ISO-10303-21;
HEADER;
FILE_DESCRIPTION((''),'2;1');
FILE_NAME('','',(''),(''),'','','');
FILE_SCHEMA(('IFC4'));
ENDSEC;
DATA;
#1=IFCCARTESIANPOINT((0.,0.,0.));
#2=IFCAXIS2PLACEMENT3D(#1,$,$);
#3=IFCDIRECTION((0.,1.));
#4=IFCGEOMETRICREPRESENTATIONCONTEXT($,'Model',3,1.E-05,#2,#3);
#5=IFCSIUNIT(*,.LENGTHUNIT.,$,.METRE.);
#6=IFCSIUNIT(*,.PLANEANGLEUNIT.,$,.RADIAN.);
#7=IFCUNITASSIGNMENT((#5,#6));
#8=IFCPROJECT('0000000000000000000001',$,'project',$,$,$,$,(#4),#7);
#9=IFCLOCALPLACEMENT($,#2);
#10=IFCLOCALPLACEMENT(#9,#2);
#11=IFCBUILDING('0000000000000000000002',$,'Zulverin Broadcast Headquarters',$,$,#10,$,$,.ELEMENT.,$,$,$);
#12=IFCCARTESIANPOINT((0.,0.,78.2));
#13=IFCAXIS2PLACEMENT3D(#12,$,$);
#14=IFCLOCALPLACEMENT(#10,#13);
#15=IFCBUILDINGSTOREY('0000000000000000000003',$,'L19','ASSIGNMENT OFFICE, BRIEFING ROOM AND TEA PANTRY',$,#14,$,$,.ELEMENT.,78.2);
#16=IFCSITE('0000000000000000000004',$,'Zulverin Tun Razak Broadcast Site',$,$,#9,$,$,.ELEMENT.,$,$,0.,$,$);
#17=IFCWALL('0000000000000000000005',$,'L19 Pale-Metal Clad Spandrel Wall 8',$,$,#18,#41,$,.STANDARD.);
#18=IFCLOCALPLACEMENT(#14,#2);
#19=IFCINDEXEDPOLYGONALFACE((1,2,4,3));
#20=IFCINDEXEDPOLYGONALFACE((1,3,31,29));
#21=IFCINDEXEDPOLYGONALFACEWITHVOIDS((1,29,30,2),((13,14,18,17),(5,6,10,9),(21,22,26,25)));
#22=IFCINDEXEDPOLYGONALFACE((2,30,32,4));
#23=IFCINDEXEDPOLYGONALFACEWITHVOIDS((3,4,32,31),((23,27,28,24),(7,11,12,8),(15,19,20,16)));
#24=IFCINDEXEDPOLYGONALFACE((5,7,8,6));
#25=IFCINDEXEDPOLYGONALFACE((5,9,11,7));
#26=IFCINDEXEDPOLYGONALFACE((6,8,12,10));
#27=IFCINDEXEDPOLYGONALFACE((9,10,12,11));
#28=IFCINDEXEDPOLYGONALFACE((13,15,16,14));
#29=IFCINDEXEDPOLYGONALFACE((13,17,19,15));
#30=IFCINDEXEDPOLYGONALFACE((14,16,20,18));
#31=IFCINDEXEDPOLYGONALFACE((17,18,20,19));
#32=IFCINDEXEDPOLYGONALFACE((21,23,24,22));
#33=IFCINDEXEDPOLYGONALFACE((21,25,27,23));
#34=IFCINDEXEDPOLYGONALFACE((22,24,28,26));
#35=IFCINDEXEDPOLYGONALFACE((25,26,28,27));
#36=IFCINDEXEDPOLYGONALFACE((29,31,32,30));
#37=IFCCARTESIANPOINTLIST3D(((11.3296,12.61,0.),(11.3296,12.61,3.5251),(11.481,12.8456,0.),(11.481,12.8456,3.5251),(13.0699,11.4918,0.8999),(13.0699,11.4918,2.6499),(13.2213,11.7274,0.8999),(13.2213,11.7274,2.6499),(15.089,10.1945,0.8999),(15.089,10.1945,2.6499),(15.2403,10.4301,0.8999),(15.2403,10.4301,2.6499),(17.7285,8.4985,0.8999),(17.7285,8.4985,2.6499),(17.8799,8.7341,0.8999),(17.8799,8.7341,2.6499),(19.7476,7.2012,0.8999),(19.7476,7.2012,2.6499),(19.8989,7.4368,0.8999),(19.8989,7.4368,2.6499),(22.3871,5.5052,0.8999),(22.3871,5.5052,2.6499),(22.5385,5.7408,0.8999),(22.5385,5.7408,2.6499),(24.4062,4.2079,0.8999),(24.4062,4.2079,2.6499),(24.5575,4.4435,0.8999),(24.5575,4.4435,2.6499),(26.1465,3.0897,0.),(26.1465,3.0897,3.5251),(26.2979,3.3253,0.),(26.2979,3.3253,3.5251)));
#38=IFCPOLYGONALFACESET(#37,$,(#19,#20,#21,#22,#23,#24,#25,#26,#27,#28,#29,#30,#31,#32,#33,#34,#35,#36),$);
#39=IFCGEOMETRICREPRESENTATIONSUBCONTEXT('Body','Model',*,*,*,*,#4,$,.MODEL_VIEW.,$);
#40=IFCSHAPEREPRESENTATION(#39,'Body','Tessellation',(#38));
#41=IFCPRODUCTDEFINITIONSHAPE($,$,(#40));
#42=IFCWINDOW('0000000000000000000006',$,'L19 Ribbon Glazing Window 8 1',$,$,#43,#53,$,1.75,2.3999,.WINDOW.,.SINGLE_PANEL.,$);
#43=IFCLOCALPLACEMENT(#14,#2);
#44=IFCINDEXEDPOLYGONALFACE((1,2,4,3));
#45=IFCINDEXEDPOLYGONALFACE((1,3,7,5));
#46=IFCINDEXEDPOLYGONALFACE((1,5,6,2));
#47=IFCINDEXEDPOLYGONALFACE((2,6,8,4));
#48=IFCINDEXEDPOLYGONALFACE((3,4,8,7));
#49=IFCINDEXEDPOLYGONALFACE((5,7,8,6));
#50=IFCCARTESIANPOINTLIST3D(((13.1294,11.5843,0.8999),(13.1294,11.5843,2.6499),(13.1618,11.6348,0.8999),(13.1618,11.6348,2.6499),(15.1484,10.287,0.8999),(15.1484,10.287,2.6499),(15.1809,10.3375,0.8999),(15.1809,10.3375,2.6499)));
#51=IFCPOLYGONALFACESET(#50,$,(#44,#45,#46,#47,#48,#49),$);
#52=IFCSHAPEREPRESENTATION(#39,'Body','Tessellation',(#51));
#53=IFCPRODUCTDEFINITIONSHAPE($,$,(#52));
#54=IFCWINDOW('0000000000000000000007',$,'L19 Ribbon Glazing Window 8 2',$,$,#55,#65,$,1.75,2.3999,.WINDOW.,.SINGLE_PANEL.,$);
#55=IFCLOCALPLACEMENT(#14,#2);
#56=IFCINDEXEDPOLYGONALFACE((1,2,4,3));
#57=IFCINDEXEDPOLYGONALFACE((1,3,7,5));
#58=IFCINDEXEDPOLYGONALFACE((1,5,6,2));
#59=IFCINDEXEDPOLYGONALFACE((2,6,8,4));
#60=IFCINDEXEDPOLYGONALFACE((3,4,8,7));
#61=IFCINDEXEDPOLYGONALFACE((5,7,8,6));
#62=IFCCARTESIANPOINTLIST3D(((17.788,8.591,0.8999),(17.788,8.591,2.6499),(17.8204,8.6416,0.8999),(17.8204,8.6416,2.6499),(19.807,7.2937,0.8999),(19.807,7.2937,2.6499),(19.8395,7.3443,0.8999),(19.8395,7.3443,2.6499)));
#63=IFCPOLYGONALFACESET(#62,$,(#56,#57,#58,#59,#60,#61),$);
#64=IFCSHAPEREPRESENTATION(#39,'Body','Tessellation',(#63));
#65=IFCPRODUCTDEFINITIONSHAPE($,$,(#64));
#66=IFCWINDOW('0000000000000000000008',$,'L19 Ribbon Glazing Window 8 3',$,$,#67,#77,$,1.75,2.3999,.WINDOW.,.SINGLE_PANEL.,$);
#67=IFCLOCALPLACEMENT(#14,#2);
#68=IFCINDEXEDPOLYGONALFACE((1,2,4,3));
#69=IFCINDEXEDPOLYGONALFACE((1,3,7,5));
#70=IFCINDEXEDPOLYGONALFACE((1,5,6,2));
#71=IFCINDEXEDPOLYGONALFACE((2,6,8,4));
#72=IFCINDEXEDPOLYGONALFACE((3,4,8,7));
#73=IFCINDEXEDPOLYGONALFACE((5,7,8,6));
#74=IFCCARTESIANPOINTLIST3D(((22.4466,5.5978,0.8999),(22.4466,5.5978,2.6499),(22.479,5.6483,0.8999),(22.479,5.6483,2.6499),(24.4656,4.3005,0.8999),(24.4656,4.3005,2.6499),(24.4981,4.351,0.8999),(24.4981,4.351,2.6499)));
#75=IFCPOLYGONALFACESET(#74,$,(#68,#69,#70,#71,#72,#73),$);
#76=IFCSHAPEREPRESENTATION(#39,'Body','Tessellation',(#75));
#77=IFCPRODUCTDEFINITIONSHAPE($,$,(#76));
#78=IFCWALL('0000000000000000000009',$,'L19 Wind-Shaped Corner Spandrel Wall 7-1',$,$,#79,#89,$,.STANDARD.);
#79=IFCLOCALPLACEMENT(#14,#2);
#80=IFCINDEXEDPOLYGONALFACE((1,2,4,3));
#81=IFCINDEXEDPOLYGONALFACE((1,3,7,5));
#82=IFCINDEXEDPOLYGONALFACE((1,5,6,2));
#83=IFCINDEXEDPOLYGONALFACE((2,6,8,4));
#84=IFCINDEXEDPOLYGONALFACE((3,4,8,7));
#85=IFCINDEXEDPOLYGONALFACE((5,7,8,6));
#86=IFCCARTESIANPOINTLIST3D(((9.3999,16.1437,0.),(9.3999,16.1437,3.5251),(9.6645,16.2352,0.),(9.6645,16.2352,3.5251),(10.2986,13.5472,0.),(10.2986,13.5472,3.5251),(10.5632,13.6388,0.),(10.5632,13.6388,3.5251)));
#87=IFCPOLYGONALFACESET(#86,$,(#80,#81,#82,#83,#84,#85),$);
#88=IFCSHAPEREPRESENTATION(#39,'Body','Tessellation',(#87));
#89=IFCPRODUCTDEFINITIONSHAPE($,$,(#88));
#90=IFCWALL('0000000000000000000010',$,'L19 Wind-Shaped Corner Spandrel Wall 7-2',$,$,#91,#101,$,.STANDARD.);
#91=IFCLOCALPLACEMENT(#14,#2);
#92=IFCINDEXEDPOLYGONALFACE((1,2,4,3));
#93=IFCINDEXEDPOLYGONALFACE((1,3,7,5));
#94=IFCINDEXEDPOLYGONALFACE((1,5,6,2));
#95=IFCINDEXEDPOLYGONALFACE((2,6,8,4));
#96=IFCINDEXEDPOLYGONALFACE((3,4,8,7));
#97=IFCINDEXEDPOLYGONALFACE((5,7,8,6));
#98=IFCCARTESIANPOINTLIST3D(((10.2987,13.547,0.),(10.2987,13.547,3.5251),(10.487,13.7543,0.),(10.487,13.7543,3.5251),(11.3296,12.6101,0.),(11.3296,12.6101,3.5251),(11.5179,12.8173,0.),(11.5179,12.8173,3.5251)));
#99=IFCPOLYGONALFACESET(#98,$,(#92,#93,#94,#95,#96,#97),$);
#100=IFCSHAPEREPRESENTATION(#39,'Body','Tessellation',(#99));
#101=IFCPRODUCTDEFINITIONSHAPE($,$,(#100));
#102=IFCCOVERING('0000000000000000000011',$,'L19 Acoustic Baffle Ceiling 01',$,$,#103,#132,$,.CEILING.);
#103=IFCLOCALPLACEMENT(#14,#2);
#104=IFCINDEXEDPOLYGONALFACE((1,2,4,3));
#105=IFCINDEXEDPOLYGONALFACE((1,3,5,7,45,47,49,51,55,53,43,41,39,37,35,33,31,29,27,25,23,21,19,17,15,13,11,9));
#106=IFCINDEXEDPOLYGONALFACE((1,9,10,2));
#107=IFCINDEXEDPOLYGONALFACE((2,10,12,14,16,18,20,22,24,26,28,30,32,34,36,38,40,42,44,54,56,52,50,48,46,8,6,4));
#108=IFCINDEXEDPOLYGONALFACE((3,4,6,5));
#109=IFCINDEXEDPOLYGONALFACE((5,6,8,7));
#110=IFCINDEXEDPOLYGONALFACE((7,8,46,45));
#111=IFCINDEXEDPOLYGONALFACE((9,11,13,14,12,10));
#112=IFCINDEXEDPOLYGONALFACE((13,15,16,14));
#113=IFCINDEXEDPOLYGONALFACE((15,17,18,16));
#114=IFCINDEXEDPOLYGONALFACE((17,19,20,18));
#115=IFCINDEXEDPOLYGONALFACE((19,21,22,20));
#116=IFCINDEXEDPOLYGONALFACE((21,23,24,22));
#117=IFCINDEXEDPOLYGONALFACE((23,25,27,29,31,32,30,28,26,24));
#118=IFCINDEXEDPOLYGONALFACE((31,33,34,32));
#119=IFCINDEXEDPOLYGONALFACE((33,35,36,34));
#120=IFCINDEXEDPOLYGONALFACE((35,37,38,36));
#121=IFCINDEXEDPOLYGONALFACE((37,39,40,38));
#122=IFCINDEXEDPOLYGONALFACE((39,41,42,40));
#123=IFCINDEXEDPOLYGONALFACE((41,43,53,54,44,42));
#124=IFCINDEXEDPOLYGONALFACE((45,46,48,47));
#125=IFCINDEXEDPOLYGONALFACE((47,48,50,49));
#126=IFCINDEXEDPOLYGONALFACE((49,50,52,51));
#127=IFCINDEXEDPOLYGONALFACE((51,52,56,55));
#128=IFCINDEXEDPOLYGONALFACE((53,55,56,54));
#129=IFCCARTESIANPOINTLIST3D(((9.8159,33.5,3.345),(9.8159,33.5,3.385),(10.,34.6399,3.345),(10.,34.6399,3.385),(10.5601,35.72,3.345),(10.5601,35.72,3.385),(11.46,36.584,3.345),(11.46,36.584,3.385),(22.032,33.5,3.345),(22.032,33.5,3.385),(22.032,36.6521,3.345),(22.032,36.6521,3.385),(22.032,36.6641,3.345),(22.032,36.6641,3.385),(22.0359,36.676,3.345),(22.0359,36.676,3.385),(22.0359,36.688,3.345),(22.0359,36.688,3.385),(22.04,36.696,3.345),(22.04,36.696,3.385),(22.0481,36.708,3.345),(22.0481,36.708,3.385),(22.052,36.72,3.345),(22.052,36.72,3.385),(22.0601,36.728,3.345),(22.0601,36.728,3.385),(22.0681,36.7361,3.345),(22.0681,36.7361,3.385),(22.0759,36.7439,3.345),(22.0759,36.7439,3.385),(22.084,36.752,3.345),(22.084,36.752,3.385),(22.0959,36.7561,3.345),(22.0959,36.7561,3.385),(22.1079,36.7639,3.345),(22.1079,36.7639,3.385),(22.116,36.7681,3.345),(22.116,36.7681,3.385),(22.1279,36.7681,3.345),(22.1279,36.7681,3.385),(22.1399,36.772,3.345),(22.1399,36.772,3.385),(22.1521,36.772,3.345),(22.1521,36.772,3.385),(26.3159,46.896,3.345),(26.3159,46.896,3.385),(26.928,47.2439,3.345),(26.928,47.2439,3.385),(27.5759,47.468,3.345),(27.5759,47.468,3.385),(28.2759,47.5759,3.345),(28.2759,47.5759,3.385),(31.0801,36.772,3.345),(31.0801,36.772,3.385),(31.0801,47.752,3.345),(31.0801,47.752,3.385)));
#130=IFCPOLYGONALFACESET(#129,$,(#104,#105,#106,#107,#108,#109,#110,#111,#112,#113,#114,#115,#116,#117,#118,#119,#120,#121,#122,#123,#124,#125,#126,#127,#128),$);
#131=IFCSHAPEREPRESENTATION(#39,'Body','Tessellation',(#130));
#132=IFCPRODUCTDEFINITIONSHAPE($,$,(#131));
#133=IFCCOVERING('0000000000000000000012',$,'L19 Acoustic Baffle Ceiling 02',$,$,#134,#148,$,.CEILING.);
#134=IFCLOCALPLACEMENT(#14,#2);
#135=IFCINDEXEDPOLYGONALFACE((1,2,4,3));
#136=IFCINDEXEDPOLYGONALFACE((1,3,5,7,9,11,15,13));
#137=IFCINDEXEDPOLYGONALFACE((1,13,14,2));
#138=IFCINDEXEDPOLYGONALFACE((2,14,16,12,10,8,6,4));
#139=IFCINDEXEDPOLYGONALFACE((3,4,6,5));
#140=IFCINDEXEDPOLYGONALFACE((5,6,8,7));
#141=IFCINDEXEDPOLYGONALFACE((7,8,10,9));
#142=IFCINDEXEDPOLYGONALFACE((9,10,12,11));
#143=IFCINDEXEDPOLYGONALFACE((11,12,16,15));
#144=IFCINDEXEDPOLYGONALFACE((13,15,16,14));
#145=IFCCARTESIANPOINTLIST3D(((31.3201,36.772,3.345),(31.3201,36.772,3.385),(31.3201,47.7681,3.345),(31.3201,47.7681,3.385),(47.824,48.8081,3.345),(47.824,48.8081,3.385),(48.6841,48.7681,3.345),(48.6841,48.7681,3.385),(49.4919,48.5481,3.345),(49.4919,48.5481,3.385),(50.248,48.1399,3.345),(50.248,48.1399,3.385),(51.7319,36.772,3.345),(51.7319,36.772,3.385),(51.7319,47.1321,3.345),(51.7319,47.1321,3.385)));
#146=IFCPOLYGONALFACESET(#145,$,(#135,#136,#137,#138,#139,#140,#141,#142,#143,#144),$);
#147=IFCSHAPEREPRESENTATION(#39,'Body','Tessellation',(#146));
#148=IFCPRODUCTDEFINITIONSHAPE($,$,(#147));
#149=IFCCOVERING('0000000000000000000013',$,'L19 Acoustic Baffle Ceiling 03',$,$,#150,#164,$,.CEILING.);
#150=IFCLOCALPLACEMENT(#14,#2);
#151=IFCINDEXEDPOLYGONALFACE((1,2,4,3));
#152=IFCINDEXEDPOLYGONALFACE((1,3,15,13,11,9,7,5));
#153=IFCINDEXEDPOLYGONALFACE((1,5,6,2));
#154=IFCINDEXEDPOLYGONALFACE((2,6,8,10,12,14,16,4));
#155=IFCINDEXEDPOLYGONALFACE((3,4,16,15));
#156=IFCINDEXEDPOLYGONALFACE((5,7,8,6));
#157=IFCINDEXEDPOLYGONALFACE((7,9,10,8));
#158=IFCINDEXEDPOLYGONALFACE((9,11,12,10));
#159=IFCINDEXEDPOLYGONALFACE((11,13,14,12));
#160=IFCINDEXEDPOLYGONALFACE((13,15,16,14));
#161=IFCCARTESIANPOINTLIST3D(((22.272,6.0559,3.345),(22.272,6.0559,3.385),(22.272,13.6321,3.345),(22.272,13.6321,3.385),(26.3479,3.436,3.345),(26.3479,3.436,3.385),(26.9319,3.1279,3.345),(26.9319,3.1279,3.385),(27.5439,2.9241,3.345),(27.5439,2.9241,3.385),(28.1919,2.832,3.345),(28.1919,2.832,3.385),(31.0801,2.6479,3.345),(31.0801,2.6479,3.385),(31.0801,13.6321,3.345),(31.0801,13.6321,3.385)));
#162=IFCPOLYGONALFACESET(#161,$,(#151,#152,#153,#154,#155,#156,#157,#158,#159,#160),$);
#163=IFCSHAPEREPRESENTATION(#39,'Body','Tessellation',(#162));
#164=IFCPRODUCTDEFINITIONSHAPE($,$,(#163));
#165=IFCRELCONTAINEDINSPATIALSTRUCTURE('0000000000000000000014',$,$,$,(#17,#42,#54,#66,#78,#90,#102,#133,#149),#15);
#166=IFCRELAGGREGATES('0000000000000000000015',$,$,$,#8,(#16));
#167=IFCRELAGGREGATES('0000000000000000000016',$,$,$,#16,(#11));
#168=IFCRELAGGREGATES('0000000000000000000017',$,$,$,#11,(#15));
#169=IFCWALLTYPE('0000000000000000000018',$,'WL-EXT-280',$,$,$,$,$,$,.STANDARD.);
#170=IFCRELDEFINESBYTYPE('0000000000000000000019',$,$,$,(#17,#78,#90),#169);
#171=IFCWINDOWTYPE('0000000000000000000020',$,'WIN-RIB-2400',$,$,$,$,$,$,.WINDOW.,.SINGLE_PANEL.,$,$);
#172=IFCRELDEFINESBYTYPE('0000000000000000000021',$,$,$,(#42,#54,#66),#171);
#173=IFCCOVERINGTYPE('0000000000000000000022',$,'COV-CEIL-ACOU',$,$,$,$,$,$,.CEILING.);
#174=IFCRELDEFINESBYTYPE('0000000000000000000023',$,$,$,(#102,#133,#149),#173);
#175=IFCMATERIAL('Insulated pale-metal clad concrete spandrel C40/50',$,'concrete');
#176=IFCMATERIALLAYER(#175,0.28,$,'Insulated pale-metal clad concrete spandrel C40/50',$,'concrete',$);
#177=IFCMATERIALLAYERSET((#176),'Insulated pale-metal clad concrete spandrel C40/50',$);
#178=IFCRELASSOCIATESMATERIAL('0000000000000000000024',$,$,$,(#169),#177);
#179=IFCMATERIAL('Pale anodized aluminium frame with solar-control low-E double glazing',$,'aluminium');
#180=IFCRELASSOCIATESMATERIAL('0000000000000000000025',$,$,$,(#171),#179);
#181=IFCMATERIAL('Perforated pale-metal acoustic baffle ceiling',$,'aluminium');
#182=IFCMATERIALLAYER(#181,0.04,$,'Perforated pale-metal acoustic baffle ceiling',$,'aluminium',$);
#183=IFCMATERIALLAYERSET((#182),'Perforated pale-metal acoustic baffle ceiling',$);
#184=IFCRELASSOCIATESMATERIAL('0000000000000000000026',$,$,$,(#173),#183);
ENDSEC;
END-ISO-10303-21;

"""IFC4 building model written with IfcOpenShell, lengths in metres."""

from ifc_helpers import new_model, si_unit, direction, frame, frame_2d, origin, place, context, subcontext, project, spatial, polyline, rectangle, outline, extrude, material, layer, layer_set, type_object, element, fill, save


model = new_model("IFC4")

# Units and contexts
model_context = context("Model", 3, precision=1e-05, world=origin(), true_north=direction((0.0, 1.0)))
body_context = subcontext(model_context, "Body", "Model", "MODEL_VIEW")
ifc_project = project(units=[si_unit("LENGTHUNIT", "METRE"), si_unit("PLANEANGLEUNIT", "RADIAN")], contexts=[model_context])

# Site, building, storey
site_placement = place(None, origin())
site = spatial("IfcSite", under=ifc_project, at=site_placement, Name="Zulverin Tun Razak Broadcast Site", CompositionType="ELEMENT", RefElevation=0.0)
building_placement = place(site_placement, origin())
building = spatial("IfcBuilding", under=site, at=building_placement, Name="Zulverin Broadcast Headquarters", CompositionType="ELEMENT")
storey_placement = place(building_placement, frame((0.0, 0.0, 78.2)))
storey = spatial("IfcBuildingStorey", under=building, at=storey_placement, Name="L19", Description="ASSIGNMENT OFFICE, BRIEFING ROOM AND TEA PANTRY", CompositionType="ELEMENT", Elevation=78.2)

# Wall, openings, windows
ifc_material_1 = material(Name="Insulated pale-metal clad concrete spandrel C40/50", Category="concrete")
ifc_layer_1 = layer(ifc_material_1, 0.28, Name="Insulated pale-metal clad concrete spandrel C40/50", Category="concrete")
ifc_layer_set_1 = layer_set([ifc_layer_1], Name="Insulated pale-metal clad concrete spandrel C40/50")
wall_type = type_object("IfcWallType", Name="WL-EXT-280", PredefinedType="STANDARD", material=ifc_layer_set_1)
wall_1_placement = place(storey_placement, frame((11.4053, 12.7278, 0.0), z_axis=(0.0, 0.0, 1.0), x_axis=(0.841305, -0.540561, 0.0)))
wall_1 = element("IfcWall", 1, at=wall_1_placement, inside=storey, type_object=wall_type, Name="L19 Pale-Metal Clad Spandrel Wall 8", PredefinedType="STANDARD", context=body_context, shape_type="SweptSolid", body=[
    extrude(rectangle(XDim=17.6118, YDim=0.28, at=frame_2d((8.8059, 0.0))), origin(), (0.0, 0.0, 1.0), 3.5251),
])
opening_1_placement = place(wall_1_placement, frame((2.0686, 0.0, 0.8999)))
opening_1 = element("IfcOpeningElement", 2, at=opening_1_placement, cuts=wall_1, PredefinedType="OPENING", context=body_context, shape_type="SweptSolid", body=[
    extrude(rectangle(XDim=2.3999, YDim=1.75, at=frame_2d((1.2, 0.875))), frame((0.0, 0.1499, 0.0), z_axis=(0.0, -1.0, 0.0), x_axis=(1.0, 0.0, 0.0)), (0.0, 0.0, 1.0), 0.3),
])
opening_2_placement = place(wall_1_placement, frame((7.606, 0.0, 0.8999)))
opening_2 = element("IfcOpeningElement", 3, at=opening_2_placement, cuts=wall_1, PredefinedType="OPENING", context=body_context, shape_type="SweptSolid", body=[
    extrude(rectangle(XDim=2.3999, YDim=1.75, at=frame_2d((1.2, 0.875))), frame((0.0, 0.1499, 0.0), z_axis=(0.0, -1.0, 0.0), x_axis=(1.0, 0.0, 0.0)), (0.0, 0.0, 1.0), 0.3),
])
opening_3_placement = place(wall_1_placement, frame((13.1433, 0.0, 0.8999)))
opening_3 = element("IfcOpeningElement", 4, at=opening_3_placement, cuts=wall_1, PredefinedType="OPENING", context=body_context, shape_type="SweptSolid", body=[
    extrude(rectangle(XDim=2.3999, YDim=1.75, at=frame_2d((1.2, 0.875))), frame((0.0, 0.1499, 0.0), z_axis=(0.0, -1.0, 0.0), x_axis=(1.0, 0.0, 0.0)), (0.0, 0.0, 1.0), 0.3),
])
ifc_material_2 = material(Name="Pale anodized aluminium frame with solar-control low-E double glazing", Category="aluminium")
window_type = type_object("IfcWindowType", Name="WIN-RIB-2400", PartitioningType="SINGLE_PANEL", PredefinedType="WINDOW", material=ifc_material_2)
window_1_placement = place(opening_1_placement, origin())
window_1 = element("IfcWindow", 5, at=window_1_placement, inside=storey, type_object=window_type, Name="L19 Ribbon Glazing Window 8 1", OverallHeight=1.75, OverallWidth=2.3999, PartitioningType="SINGLE_PANEL", PredefinedType="WINDOW", context=body_context, shape_type="SweptSolid", body=[
    extrude(rectangle(XDim=2.3999, YDim=1.75, at=frame_2d((1.2, 0.875))), frame((0.0, 0.03, 0.0), z_axis=(0.0, -1.0, 0.0), x_axis=(1.0, 0.0, 0.0)), (0.0, 0.0, 1.0), 0.0601),
])
fill(opening_1, window_1)
window_2_placement = place(opening_2_placement, origin())
window_2 = element("IfcWindow", 6, at=window_2_placement, inside=storey, type_object=window_type, Name="L19 Ribbon Glazing Window 8 2", OverallHeight=1.75, OverallWidth=2.3999, PartitioningType="SINGLE_PANEL", PredefinedType="WINDOW", context=body_context, shape_type="SweptSolid", body=[
    extrude(rectangle(XDim=2.3999, YDim=1.75, at=frame_2d((1.2, 0.875))), frame((0.0, 0.03, 0.0), z_axis=(0.0, -1.0, 0.0), x_axis=(1.0, 0.0, 0.0)), (0.0, 0.0, 1.0), 0.0601),
])
fill(opening_2, window_2)
window_3_placement = place(opening_3_placement, origin())
window_3 = element("IfcWindow", 7, at=window_3_placement, inside=storey, type_object=window_type, Name="L19 Ribbon Glazing Window 8 3", OverallHeight=1.75, OverallWidth=2.3999, PartitioningType="SINGLE_PANEL", PredefinedType="WINDOW", context=body_context, shape_type="SweptSolid", body=[
    extrude(rectangle(XDim=2.3999, YDim=1.75, at=frame_2d((1.2, 0.875))), frame((0.0, 0.03, 0.0), z_axis=(0.0, -1.0, 0.0), x_axis=(1.0, 0.0, 0.0)), (0.0, 0.0, 1.0), 0.0601),
])
fill(opening_3, window_3)

# Walls
wall_2_placement = place(storey_placement, frame((9.5322, 16.1895, 0.0), z_axis=(0.0, 0.0, 1.0), x_axis=(0.327083, -0.944996, 0.0)))
element("IfcWall", 8, at=wall_2_placement, inside=storey, type_object=wall_type, Name="L19 Wind-Shaped Corner Spandrel Wall 7-1", PredefinedType="STANDARD", context=body_context, shape_type="SweptSolid", body=[
    extrude(rectangle(XDim=2.7476, YDim=0.28, at=frame_2d((1.3738, 0.0))), origin(), (0.0, 0.0, 1.0), 3.5251),
])
wall_3_placement = place(storey_placement, frame((10.3928, 13.6506, 0.0), z_axis=(0.0, 0.0, 1.0), x_axis=(0.740035, -0.672568, 0.0)))
element("IfcWall", 9, at=wall_3_placement, inside=storey, type_object=wall_type, Name="L19 Wind-Shaped Corner Spandrel Wall 7-2", PredefinedType="STANDARD", context=body_context, shape_type="SweptSolid", body=[
    extrude(rectangle(XDim=1.3931, YDim=0.28, at=frame_2d((0.6965, 0.0))), origin(), (0.0, 0.0, 1.0), 3.5251),
])

# Coverings
ifc_material_3 = material(Name="Perforated pale-metal acoustic baffle ceiling", Category="aluminium")
ifc_layer_2 = layer(ifc_material_3, 0.04, Name="Perforated pale-metal acoustic baffle ceiling", Category="aluminium")
ifc_layer_set_2 = layer_set([ifc_layer_2], Name="Perforated pale-metal acoustic baffle ceiling")
covering_type_1 = type_object("IfcCoveringType", Name="COV-CEIL-ACOU", PredefinedType="CEILING", material=ifc_layer_set_2)
covering_1_placement = place(storey_placement, frame((0.0, 0.0, 3.345)))
element("IfcCovering", 10, at=covering_1_placement, inside=storey, type_object=covering_type_1, Name="L19 Acoustic Baffle Ceiling 01", PredefinedType="CEILING", context=body_context, shape_type="SweptSolid", body=[
    extrude(outline(polyline([(11.46, 36.584), (10.5601, 35.72), (10.0, 34.6399), (9.8159, 33.5), (22.032, 33.5), (22.032, 36.6521), (22.032, 36.6641), (22.0359, 36.676), (22.0359, 36.688), (22.04, 36.696), (22.0481, 36.708), (22.052, 36.72), (22.0601, 36.728), (22.0681, 36.7361), (22.0759, 36.7439), (22.084, 36.752), (22.0959, 36.7561), (22.1079, 36.7639), (22.116, 36.7681), (22.1279, 36.7681), (22.1399, 36.772), (22.1521, 36.772), (31.0801, 36.772), (31.0801, 47.752), (28.2759, 47.5759), (27.5759, 47.468), (26.928, 47.2439), (26.3159, 46.896), (11.46, 36.584)])), origin(), (0.0, 0.0, 1.0), 0.04),
])
covering_2_placement = place(storey_placement, frame((0.0, 0.0, 3.345)))
element("IfcCovering", 11, at=covering_2_placement, inside=storey, type_object=covering_type_1, Name="L19 Acoustic Baffle Ceiling 02", PredefinedType="CEILING", context=body_context, shape_type="SweptSolid", body=[
    extrude(outline(polyline([(51.7319, 36.772), (51.7319, 47.1321), (50.248, 48.1399), (49.4919, 48.5481), (48.6841, 48.7681), (47.824, 48.8081), (31.3201, 47.7681), (31.3201, 36.772), (51.7319, 36.772)])), origin(), (0.0, 0.0, 1.0), 0.04),
])
covering_3_placement = place(storey_placement, frame((0.0, 0.0, 3.345)))
element("IfcCovering", 12, at=covering_3_placement, inside=storey, type_object=covering_type_1, Name="L19 Acoustic Baffle Ceiling 03", PredefinedType="CEILING", context=body_context, shape_type="SweptSolid", body=[
    extrude(outline(polyline([(22.272, 13.6321), (22.272, 6.0559), (26.3479, 3.436), (26.9319, 3.1279), (27.5439, 2.9241), (28.1919, 2.832), (31.0801, 2.6479), (31.0801, 13.6321), (22.272, 13.6321)])), origin(), (0.0, 0.0, 1.0), 0.04),
])

save(model, "model.ifc")
